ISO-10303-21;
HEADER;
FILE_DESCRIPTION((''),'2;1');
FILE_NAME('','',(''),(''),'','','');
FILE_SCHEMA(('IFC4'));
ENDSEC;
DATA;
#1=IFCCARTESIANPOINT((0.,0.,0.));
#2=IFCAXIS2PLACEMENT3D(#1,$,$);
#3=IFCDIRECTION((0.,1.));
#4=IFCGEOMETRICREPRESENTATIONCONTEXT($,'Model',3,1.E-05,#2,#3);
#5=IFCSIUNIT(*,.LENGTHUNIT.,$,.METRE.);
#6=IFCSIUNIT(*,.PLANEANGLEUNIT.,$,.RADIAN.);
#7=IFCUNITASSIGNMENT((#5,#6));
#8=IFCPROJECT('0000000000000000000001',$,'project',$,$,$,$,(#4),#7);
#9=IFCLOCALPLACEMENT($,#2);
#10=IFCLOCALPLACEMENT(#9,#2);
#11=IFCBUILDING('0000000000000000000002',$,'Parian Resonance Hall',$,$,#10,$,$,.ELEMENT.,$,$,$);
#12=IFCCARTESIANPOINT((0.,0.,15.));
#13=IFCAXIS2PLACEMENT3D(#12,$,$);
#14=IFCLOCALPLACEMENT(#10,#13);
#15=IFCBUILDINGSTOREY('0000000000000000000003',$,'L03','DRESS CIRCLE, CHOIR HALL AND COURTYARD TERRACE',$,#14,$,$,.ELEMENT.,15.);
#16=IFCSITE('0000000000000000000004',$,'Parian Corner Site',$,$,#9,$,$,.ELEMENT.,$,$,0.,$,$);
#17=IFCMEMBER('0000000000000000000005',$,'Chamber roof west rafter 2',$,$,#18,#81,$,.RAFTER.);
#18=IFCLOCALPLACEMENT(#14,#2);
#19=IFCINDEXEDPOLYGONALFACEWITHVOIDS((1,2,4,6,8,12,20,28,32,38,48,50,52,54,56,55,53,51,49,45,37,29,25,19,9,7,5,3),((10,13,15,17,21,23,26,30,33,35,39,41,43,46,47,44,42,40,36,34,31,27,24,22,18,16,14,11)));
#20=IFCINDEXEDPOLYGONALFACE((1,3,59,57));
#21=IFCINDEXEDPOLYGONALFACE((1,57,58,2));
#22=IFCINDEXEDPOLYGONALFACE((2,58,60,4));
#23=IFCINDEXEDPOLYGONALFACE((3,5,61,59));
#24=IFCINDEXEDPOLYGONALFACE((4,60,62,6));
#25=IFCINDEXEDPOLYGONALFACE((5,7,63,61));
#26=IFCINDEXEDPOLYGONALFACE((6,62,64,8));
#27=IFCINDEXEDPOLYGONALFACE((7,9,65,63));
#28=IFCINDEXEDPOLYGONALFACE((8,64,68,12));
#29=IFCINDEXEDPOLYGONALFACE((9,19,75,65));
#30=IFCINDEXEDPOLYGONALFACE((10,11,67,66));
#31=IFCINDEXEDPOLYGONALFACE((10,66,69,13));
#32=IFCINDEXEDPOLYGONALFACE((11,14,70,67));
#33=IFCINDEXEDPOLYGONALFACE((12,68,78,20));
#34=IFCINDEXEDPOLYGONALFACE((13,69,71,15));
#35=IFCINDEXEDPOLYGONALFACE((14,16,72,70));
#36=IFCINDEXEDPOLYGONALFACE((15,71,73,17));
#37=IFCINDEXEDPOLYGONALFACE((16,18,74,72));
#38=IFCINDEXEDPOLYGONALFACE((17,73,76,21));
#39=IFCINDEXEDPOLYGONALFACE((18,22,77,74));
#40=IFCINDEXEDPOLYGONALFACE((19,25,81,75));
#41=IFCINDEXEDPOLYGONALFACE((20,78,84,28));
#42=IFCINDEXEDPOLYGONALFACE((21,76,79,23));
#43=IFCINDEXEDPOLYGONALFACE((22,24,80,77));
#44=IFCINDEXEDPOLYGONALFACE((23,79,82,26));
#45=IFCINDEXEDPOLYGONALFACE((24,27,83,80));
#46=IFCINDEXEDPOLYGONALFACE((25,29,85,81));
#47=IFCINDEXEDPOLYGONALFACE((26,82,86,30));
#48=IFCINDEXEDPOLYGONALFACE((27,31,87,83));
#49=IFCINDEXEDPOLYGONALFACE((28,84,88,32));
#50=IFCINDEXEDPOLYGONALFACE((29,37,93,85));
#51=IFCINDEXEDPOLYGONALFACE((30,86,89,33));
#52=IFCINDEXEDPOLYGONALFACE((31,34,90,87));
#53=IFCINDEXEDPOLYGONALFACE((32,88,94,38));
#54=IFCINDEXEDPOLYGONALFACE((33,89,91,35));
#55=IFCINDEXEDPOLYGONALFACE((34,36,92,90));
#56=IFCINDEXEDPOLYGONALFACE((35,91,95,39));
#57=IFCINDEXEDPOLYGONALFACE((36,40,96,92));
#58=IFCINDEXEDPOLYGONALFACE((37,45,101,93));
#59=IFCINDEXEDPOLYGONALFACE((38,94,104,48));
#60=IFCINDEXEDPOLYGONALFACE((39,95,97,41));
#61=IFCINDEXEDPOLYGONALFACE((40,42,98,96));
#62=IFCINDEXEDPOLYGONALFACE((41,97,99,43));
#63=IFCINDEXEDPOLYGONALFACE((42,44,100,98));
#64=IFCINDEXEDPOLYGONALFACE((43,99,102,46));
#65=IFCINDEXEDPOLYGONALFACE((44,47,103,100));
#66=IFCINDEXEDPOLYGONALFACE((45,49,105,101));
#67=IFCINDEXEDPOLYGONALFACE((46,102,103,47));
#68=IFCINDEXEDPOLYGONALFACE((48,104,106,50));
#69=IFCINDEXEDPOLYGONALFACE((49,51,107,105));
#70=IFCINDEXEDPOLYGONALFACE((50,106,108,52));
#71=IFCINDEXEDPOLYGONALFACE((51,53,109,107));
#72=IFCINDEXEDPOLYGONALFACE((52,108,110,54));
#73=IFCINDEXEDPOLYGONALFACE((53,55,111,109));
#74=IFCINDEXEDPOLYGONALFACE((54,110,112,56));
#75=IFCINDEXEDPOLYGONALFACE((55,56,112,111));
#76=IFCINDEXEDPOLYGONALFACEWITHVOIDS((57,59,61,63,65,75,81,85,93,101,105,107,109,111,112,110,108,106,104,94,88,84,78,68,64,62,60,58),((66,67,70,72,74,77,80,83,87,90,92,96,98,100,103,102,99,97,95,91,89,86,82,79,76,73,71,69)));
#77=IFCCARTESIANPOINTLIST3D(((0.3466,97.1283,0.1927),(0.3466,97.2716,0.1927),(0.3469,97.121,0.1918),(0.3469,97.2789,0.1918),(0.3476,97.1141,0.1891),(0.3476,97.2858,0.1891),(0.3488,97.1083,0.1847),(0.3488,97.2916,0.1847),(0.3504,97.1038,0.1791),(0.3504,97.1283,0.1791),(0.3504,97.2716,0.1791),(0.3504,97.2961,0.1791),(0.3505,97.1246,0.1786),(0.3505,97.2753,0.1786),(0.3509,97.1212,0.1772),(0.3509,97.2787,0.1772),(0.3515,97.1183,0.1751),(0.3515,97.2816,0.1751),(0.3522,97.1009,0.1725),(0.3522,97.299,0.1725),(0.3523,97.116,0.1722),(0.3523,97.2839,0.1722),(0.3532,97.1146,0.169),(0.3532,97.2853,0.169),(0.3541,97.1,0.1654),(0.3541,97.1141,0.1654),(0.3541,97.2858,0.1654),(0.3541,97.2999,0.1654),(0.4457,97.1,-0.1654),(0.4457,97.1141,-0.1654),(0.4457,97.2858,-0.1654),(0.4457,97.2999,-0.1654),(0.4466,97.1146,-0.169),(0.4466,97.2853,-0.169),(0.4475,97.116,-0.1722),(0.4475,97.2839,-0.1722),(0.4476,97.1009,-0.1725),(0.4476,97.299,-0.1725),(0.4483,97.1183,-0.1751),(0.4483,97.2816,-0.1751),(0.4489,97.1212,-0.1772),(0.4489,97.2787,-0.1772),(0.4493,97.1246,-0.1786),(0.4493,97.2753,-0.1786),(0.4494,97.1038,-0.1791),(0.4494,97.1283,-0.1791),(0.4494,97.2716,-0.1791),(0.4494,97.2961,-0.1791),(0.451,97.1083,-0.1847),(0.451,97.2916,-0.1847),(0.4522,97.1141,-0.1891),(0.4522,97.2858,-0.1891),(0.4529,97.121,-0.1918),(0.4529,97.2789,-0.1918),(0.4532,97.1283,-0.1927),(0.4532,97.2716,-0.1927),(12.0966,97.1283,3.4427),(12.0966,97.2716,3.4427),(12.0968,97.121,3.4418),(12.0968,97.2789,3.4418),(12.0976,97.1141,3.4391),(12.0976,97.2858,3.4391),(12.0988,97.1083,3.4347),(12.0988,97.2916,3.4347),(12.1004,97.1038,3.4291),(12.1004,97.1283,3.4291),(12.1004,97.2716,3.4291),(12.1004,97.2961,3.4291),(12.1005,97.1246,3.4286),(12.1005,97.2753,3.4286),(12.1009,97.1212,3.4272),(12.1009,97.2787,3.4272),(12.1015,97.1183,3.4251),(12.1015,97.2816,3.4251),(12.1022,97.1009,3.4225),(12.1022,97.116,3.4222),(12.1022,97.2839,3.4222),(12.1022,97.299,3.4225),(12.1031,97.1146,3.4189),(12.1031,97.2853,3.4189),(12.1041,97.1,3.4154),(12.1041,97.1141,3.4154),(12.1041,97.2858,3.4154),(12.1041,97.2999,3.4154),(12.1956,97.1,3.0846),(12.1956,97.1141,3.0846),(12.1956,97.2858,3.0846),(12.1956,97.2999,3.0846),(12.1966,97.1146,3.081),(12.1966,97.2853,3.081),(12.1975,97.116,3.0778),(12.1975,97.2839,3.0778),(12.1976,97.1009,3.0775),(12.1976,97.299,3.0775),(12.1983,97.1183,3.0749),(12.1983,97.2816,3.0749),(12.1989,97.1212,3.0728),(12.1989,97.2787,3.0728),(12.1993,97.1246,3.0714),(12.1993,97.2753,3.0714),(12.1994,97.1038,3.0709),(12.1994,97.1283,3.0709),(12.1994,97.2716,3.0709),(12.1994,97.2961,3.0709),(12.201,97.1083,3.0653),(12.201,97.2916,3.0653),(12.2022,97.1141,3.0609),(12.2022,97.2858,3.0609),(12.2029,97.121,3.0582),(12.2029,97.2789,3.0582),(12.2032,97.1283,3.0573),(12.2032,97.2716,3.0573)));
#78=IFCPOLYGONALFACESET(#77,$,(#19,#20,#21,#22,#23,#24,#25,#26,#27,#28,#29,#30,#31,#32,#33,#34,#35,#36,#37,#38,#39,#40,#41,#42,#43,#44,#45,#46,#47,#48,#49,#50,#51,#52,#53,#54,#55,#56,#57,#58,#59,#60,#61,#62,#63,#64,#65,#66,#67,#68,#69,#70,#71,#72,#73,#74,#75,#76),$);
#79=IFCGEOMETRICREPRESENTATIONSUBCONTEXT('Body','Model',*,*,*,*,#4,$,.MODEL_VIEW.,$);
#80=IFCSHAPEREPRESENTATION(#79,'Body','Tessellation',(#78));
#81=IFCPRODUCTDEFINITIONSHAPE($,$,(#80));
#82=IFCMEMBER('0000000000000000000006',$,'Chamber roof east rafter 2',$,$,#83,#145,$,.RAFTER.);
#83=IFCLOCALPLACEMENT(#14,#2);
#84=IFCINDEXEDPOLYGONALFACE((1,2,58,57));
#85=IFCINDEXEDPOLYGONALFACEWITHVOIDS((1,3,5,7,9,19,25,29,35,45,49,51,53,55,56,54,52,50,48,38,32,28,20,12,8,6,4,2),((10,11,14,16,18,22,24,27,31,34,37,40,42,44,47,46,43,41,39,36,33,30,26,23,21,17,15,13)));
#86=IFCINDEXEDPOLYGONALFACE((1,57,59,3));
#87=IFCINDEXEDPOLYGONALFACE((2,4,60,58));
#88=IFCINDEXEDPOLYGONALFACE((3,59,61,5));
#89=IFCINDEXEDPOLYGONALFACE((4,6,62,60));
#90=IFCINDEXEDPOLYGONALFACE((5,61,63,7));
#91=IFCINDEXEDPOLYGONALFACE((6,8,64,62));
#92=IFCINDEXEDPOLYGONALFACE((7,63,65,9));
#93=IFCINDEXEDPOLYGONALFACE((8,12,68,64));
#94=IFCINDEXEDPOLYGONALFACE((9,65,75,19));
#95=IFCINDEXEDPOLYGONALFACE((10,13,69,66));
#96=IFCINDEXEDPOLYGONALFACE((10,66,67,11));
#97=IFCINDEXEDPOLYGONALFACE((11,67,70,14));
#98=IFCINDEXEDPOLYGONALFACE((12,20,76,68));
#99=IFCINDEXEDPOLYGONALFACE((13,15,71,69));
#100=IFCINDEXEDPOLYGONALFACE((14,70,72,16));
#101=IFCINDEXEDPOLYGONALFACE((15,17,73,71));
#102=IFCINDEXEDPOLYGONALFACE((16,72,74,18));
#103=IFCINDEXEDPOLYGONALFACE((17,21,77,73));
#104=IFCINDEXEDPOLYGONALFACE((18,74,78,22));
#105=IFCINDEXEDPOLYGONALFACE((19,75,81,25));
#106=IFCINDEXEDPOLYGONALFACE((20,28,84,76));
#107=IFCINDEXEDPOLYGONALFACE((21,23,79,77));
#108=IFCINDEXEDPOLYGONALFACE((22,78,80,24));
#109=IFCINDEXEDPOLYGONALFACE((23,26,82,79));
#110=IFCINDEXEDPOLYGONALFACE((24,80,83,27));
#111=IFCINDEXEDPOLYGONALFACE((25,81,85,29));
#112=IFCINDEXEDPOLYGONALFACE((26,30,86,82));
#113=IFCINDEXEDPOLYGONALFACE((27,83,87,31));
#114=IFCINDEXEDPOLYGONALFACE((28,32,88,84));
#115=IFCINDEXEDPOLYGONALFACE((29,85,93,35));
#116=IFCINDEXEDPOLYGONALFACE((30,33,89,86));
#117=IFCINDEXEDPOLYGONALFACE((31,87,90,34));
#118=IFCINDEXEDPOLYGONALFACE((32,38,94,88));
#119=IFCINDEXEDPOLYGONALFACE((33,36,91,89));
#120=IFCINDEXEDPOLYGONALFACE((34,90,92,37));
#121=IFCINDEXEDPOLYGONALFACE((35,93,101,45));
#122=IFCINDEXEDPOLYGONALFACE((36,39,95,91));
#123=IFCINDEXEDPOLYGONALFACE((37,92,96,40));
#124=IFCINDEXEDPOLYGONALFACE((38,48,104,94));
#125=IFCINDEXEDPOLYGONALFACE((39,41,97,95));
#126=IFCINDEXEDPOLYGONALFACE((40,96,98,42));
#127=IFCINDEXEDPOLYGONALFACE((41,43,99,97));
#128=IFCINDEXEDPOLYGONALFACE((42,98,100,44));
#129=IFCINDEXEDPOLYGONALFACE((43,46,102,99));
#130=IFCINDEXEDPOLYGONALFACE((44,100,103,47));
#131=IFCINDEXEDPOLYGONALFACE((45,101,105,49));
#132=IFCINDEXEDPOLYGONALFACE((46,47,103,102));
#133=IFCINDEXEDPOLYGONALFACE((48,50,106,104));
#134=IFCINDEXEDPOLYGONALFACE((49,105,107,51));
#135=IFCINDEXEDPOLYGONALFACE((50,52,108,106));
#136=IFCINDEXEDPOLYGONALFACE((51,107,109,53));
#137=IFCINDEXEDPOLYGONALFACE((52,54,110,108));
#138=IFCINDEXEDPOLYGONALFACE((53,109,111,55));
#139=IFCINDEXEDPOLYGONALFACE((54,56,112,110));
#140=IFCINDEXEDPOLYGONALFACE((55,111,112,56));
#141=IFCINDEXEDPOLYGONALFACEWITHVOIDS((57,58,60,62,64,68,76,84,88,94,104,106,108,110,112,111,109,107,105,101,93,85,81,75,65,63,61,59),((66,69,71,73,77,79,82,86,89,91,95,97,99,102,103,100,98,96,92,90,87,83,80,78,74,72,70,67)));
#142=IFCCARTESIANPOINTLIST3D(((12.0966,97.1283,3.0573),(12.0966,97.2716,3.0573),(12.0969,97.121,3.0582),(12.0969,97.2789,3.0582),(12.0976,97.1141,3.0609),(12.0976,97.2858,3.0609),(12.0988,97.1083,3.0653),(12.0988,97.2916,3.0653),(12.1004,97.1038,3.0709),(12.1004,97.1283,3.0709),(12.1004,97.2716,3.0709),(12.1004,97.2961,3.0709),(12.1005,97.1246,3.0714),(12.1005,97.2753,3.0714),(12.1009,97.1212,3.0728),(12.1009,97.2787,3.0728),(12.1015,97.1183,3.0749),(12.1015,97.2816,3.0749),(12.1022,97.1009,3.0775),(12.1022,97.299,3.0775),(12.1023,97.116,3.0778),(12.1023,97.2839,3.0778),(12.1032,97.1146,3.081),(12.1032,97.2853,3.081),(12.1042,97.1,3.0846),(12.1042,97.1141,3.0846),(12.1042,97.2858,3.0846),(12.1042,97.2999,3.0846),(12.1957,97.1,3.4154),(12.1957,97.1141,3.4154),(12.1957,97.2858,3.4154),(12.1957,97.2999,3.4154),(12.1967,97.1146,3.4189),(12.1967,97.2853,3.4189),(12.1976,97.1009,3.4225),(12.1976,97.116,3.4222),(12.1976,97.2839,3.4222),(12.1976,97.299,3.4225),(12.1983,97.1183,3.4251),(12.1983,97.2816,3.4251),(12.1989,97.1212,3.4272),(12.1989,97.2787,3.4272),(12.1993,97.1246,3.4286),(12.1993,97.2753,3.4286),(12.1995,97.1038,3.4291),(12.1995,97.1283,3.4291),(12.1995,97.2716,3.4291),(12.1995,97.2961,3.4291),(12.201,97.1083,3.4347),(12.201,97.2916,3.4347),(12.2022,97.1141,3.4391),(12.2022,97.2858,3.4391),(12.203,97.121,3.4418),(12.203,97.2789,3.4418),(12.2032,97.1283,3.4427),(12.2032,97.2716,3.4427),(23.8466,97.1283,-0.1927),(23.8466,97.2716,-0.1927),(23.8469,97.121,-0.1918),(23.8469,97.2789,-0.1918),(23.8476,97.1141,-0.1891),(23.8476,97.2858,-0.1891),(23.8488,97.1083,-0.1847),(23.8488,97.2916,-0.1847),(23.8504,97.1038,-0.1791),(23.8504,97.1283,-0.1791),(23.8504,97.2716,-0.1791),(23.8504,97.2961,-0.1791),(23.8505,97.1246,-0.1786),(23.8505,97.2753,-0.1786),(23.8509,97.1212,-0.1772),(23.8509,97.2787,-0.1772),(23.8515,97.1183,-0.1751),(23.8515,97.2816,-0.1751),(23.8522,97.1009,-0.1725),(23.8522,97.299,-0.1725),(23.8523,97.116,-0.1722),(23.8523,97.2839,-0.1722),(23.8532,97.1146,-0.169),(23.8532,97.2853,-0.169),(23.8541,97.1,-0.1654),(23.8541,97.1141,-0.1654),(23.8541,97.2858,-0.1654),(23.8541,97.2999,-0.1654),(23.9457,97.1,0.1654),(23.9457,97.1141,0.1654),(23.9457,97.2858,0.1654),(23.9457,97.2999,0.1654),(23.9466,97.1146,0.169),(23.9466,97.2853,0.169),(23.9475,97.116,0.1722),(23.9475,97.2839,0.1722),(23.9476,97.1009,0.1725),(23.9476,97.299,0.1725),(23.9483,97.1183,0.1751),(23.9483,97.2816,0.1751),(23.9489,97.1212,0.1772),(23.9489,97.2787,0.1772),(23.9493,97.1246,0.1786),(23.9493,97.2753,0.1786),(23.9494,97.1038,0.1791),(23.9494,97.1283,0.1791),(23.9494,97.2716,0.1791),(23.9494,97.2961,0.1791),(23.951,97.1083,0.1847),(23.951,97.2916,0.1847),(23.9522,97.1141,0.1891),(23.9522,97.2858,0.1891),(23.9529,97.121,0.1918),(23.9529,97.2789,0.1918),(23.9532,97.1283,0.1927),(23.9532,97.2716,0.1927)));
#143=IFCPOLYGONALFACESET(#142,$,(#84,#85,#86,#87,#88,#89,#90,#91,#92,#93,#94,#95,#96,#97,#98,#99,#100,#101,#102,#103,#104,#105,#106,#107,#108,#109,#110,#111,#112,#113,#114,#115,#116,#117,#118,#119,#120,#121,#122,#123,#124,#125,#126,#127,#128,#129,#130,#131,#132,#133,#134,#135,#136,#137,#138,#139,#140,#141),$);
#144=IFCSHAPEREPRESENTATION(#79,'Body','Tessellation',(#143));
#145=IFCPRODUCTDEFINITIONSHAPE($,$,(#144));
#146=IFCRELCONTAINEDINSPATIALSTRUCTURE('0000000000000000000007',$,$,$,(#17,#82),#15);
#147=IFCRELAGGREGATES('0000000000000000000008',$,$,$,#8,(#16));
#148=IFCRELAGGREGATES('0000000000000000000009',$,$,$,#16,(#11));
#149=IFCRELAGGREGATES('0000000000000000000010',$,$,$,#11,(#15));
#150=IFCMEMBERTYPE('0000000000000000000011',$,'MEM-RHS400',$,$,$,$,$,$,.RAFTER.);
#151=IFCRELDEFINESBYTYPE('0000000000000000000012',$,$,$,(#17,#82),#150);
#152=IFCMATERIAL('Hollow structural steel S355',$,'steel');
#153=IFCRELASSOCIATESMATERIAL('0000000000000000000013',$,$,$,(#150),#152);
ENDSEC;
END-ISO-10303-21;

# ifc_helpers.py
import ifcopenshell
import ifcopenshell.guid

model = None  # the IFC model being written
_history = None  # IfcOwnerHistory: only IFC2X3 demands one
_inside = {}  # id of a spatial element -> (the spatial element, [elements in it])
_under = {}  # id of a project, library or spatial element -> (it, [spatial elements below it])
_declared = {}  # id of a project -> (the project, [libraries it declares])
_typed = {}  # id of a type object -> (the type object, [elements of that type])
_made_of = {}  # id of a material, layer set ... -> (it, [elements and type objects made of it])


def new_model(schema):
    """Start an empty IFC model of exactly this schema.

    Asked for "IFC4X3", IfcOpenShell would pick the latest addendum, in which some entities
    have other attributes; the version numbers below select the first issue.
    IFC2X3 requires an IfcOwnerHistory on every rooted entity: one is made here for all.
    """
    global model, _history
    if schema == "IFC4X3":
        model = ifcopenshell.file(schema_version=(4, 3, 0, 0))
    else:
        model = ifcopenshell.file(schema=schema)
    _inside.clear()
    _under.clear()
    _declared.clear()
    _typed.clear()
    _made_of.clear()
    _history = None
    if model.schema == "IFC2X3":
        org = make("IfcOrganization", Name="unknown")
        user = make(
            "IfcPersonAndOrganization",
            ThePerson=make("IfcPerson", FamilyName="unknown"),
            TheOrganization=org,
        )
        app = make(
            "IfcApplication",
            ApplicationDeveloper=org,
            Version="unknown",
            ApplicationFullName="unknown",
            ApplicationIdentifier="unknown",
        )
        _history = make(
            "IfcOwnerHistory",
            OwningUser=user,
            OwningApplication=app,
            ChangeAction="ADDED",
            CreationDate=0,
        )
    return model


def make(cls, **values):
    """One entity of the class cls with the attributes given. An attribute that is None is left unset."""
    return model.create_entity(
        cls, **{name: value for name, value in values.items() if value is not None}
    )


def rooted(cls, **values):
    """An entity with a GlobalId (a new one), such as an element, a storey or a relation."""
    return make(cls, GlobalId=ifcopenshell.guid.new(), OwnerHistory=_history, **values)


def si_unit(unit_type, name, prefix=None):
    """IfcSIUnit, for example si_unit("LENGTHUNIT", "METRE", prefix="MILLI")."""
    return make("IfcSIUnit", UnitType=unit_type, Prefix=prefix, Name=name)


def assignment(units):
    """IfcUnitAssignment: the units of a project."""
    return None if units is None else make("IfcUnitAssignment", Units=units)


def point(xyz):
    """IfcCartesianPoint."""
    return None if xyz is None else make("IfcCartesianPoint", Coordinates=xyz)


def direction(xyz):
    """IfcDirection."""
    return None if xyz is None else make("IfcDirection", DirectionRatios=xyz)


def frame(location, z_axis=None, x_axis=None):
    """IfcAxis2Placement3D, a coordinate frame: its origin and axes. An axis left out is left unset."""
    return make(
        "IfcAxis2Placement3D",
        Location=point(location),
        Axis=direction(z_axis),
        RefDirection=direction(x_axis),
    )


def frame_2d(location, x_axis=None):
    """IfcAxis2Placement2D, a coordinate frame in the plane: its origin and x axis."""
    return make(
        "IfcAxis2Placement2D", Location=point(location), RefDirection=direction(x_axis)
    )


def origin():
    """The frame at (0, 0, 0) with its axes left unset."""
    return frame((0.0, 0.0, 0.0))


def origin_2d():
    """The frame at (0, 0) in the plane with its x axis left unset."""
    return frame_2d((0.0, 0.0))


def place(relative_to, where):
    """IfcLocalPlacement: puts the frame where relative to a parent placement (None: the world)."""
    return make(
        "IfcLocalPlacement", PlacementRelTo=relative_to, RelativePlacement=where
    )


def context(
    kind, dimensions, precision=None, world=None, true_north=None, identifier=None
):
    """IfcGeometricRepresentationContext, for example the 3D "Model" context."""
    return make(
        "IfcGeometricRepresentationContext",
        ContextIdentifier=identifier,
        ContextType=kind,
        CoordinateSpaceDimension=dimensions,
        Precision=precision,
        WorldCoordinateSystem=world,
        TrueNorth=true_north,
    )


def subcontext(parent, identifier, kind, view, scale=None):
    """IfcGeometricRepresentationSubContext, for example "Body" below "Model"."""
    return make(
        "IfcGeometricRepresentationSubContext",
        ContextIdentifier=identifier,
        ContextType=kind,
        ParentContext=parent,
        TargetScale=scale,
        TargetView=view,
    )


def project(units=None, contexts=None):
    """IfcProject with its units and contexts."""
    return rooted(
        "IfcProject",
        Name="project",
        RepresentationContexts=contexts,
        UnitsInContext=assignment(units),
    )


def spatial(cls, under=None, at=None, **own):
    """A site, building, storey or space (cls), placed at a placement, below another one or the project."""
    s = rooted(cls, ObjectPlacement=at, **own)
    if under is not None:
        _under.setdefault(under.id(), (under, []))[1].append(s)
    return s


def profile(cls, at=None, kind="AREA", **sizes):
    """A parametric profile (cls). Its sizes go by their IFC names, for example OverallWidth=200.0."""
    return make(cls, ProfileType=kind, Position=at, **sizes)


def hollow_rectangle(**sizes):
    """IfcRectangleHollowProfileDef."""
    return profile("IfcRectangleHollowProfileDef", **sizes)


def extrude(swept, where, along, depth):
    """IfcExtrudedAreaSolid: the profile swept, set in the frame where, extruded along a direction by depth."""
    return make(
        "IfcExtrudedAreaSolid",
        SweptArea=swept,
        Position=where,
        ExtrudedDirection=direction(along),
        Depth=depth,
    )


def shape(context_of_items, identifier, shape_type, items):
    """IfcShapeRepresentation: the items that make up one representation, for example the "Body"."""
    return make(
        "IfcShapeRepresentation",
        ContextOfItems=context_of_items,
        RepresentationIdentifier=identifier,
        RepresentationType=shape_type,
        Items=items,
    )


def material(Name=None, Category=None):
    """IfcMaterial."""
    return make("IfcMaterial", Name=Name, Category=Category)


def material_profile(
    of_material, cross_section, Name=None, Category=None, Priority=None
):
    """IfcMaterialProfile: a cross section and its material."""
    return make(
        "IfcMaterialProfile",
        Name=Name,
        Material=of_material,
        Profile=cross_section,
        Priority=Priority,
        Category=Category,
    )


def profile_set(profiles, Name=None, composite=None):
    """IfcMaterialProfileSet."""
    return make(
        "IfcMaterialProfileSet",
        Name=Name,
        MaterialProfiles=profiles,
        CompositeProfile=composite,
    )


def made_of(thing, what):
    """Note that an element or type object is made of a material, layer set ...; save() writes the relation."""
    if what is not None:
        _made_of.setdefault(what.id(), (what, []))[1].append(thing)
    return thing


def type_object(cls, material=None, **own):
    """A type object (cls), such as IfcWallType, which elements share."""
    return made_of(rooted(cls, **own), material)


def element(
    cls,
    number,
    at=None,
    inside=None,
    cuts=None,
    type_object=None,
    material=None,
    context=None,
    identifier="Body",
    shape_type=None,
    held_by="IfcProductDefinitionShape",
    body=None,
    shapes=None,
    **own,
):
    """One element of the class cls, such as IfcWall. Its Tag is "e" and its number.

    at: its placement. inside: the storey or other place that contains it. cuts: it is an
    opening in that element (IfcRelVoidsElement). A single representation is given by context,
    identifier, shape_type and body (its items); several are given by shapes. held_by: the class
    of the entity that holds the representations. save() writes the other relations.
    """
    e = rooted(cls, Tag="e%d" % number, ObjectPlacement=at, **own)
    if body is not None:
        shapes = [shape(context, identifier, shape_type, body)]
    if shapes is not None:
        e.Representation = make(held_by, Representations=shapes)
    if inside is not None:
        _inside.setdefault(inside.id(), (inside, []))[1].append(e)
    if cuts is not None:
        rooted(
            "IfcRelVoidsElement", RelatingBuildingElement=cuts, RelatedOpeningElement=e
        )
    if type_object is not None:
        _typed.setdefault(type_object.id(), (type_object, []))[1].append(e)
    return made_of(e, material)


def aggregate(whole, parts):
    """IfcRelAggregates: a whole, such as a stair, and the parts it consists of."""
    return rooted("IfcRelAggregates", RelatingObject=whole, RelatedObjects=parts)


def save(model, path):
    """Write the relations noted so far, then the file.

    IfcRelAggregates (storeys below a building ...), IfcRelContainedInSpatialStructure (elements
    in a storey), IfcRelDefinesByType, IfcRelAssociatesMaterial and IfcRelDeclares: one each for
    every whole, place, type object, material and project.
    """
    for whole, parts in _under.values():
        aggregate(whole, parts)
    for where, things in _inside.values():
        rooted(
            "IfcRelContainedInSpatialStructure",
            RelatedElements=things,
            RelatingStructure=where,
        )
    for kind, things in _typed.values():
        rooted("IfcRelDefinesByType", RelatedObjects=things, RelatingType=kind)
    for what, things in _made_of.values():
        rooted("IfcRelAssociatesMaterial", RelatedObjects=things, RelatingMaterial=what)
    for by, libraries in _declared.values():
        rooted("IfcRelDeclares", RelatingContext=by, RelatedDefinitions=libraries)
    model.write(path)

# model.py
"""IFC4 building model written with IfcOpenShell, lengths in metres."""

from ifc_helpers import new_model, si_unit, direction, frame, origin, origin_2d, place, context, subcontext, project, spatial, hollow_rectangle, extrude, material, material_profile, profile_set, type_object, element, save


model = new_model("IFC4")

# Units and contexts
model_context = context("Model", 3, precision=1e-05, world=origin(), true_north=direction((0.0, 1.0)))
body_context = subcontext(model_context, "Body", "Model", "MODEL_VIEW")
ifc_project = project(units=[si_unit("LENGTHUNIT", "METRE"), si_unit("PLANEANGLEUNIT", "RADIAN")], contexts=[model_context])

# Site, building, storey
site_placement = place(None, origin())
site = spatial("IfcSite", under=ifc_project, at=site_placement, Name="Parian Corner Site", CompositionType="ELEMENT", RefElevation=0.0)
building_placement = place(site_placement, origin())
building = spatial("IfcBuilding", under=site, at=building_placement, Name="Parian Resonance Hall", CompositionType="ELEMENT")
storey_placement = place(building_placement, frame((0.0, 0.0, 15.0)))
storey = spatial("IfcBuildingStorey", under=building, at=storey_placement, Name="L03", Description="DRESS CIRCLE, CHOIR HALL AND COURTYARD TERRACE", CompositionType="ELEMENT", Elevation=15.0)

# Members
ifc_material_1 = material(Name="Hollow structural steel S355", Category="steel")
ifc_material_profile_1 = material_profile(ifc_material_1, hollow_rectangle(XDim=0.2, YDim=0.3999, WallThickness=0.0142, InnerFilletRadius=0.0142, OuterFilletRadius=0.0283, at=origin_2d()), Name="RHS400x200x14.2")
ifc_profile_set_1 = profile_set([ifc_material_profile_1], Name="Hollow structural steel S355")
member_type_1 = type_object("IfcMemberType", Name="MEM-RHS400", PredefinedType="RAFTER", material=ifc_profile_set_1)
for number, where, z_axis, x_axis, name in (
    (1, (0.3999, 97.2, 0.0), (0.963811, 0.0, 0.266586), (0.0, 1.0, 0.0), "Chamber roof west rafter 2"),
    (2, (23.8999, 97.2, 0.0), (-0.963811, 0.0, 0.266586), (0.0, -1.0, 0.0), "Chamber roof east rafter 2"),
):
    element("IfcMember", number, at=place(storey_placement, frame(where, z_axis=z_axis, x_axis=x_axis)), inside=storey, type_object=member_type_1, Name=name, PredefinedType="RAFTER", context=body_context, shape_type="SweptSolid", body=[
        extrude(hollow_rectangle(XDim=0.2, YDim=0.3999, WallThickness=0.0142, InnerFilletRadius=0.0142, OuterFilletRadius=0.0283, at=origin_2d()), origin(), (0.0, 0.0, 1.0), 12.1912),
    ])

save(model, "model.ifc")
